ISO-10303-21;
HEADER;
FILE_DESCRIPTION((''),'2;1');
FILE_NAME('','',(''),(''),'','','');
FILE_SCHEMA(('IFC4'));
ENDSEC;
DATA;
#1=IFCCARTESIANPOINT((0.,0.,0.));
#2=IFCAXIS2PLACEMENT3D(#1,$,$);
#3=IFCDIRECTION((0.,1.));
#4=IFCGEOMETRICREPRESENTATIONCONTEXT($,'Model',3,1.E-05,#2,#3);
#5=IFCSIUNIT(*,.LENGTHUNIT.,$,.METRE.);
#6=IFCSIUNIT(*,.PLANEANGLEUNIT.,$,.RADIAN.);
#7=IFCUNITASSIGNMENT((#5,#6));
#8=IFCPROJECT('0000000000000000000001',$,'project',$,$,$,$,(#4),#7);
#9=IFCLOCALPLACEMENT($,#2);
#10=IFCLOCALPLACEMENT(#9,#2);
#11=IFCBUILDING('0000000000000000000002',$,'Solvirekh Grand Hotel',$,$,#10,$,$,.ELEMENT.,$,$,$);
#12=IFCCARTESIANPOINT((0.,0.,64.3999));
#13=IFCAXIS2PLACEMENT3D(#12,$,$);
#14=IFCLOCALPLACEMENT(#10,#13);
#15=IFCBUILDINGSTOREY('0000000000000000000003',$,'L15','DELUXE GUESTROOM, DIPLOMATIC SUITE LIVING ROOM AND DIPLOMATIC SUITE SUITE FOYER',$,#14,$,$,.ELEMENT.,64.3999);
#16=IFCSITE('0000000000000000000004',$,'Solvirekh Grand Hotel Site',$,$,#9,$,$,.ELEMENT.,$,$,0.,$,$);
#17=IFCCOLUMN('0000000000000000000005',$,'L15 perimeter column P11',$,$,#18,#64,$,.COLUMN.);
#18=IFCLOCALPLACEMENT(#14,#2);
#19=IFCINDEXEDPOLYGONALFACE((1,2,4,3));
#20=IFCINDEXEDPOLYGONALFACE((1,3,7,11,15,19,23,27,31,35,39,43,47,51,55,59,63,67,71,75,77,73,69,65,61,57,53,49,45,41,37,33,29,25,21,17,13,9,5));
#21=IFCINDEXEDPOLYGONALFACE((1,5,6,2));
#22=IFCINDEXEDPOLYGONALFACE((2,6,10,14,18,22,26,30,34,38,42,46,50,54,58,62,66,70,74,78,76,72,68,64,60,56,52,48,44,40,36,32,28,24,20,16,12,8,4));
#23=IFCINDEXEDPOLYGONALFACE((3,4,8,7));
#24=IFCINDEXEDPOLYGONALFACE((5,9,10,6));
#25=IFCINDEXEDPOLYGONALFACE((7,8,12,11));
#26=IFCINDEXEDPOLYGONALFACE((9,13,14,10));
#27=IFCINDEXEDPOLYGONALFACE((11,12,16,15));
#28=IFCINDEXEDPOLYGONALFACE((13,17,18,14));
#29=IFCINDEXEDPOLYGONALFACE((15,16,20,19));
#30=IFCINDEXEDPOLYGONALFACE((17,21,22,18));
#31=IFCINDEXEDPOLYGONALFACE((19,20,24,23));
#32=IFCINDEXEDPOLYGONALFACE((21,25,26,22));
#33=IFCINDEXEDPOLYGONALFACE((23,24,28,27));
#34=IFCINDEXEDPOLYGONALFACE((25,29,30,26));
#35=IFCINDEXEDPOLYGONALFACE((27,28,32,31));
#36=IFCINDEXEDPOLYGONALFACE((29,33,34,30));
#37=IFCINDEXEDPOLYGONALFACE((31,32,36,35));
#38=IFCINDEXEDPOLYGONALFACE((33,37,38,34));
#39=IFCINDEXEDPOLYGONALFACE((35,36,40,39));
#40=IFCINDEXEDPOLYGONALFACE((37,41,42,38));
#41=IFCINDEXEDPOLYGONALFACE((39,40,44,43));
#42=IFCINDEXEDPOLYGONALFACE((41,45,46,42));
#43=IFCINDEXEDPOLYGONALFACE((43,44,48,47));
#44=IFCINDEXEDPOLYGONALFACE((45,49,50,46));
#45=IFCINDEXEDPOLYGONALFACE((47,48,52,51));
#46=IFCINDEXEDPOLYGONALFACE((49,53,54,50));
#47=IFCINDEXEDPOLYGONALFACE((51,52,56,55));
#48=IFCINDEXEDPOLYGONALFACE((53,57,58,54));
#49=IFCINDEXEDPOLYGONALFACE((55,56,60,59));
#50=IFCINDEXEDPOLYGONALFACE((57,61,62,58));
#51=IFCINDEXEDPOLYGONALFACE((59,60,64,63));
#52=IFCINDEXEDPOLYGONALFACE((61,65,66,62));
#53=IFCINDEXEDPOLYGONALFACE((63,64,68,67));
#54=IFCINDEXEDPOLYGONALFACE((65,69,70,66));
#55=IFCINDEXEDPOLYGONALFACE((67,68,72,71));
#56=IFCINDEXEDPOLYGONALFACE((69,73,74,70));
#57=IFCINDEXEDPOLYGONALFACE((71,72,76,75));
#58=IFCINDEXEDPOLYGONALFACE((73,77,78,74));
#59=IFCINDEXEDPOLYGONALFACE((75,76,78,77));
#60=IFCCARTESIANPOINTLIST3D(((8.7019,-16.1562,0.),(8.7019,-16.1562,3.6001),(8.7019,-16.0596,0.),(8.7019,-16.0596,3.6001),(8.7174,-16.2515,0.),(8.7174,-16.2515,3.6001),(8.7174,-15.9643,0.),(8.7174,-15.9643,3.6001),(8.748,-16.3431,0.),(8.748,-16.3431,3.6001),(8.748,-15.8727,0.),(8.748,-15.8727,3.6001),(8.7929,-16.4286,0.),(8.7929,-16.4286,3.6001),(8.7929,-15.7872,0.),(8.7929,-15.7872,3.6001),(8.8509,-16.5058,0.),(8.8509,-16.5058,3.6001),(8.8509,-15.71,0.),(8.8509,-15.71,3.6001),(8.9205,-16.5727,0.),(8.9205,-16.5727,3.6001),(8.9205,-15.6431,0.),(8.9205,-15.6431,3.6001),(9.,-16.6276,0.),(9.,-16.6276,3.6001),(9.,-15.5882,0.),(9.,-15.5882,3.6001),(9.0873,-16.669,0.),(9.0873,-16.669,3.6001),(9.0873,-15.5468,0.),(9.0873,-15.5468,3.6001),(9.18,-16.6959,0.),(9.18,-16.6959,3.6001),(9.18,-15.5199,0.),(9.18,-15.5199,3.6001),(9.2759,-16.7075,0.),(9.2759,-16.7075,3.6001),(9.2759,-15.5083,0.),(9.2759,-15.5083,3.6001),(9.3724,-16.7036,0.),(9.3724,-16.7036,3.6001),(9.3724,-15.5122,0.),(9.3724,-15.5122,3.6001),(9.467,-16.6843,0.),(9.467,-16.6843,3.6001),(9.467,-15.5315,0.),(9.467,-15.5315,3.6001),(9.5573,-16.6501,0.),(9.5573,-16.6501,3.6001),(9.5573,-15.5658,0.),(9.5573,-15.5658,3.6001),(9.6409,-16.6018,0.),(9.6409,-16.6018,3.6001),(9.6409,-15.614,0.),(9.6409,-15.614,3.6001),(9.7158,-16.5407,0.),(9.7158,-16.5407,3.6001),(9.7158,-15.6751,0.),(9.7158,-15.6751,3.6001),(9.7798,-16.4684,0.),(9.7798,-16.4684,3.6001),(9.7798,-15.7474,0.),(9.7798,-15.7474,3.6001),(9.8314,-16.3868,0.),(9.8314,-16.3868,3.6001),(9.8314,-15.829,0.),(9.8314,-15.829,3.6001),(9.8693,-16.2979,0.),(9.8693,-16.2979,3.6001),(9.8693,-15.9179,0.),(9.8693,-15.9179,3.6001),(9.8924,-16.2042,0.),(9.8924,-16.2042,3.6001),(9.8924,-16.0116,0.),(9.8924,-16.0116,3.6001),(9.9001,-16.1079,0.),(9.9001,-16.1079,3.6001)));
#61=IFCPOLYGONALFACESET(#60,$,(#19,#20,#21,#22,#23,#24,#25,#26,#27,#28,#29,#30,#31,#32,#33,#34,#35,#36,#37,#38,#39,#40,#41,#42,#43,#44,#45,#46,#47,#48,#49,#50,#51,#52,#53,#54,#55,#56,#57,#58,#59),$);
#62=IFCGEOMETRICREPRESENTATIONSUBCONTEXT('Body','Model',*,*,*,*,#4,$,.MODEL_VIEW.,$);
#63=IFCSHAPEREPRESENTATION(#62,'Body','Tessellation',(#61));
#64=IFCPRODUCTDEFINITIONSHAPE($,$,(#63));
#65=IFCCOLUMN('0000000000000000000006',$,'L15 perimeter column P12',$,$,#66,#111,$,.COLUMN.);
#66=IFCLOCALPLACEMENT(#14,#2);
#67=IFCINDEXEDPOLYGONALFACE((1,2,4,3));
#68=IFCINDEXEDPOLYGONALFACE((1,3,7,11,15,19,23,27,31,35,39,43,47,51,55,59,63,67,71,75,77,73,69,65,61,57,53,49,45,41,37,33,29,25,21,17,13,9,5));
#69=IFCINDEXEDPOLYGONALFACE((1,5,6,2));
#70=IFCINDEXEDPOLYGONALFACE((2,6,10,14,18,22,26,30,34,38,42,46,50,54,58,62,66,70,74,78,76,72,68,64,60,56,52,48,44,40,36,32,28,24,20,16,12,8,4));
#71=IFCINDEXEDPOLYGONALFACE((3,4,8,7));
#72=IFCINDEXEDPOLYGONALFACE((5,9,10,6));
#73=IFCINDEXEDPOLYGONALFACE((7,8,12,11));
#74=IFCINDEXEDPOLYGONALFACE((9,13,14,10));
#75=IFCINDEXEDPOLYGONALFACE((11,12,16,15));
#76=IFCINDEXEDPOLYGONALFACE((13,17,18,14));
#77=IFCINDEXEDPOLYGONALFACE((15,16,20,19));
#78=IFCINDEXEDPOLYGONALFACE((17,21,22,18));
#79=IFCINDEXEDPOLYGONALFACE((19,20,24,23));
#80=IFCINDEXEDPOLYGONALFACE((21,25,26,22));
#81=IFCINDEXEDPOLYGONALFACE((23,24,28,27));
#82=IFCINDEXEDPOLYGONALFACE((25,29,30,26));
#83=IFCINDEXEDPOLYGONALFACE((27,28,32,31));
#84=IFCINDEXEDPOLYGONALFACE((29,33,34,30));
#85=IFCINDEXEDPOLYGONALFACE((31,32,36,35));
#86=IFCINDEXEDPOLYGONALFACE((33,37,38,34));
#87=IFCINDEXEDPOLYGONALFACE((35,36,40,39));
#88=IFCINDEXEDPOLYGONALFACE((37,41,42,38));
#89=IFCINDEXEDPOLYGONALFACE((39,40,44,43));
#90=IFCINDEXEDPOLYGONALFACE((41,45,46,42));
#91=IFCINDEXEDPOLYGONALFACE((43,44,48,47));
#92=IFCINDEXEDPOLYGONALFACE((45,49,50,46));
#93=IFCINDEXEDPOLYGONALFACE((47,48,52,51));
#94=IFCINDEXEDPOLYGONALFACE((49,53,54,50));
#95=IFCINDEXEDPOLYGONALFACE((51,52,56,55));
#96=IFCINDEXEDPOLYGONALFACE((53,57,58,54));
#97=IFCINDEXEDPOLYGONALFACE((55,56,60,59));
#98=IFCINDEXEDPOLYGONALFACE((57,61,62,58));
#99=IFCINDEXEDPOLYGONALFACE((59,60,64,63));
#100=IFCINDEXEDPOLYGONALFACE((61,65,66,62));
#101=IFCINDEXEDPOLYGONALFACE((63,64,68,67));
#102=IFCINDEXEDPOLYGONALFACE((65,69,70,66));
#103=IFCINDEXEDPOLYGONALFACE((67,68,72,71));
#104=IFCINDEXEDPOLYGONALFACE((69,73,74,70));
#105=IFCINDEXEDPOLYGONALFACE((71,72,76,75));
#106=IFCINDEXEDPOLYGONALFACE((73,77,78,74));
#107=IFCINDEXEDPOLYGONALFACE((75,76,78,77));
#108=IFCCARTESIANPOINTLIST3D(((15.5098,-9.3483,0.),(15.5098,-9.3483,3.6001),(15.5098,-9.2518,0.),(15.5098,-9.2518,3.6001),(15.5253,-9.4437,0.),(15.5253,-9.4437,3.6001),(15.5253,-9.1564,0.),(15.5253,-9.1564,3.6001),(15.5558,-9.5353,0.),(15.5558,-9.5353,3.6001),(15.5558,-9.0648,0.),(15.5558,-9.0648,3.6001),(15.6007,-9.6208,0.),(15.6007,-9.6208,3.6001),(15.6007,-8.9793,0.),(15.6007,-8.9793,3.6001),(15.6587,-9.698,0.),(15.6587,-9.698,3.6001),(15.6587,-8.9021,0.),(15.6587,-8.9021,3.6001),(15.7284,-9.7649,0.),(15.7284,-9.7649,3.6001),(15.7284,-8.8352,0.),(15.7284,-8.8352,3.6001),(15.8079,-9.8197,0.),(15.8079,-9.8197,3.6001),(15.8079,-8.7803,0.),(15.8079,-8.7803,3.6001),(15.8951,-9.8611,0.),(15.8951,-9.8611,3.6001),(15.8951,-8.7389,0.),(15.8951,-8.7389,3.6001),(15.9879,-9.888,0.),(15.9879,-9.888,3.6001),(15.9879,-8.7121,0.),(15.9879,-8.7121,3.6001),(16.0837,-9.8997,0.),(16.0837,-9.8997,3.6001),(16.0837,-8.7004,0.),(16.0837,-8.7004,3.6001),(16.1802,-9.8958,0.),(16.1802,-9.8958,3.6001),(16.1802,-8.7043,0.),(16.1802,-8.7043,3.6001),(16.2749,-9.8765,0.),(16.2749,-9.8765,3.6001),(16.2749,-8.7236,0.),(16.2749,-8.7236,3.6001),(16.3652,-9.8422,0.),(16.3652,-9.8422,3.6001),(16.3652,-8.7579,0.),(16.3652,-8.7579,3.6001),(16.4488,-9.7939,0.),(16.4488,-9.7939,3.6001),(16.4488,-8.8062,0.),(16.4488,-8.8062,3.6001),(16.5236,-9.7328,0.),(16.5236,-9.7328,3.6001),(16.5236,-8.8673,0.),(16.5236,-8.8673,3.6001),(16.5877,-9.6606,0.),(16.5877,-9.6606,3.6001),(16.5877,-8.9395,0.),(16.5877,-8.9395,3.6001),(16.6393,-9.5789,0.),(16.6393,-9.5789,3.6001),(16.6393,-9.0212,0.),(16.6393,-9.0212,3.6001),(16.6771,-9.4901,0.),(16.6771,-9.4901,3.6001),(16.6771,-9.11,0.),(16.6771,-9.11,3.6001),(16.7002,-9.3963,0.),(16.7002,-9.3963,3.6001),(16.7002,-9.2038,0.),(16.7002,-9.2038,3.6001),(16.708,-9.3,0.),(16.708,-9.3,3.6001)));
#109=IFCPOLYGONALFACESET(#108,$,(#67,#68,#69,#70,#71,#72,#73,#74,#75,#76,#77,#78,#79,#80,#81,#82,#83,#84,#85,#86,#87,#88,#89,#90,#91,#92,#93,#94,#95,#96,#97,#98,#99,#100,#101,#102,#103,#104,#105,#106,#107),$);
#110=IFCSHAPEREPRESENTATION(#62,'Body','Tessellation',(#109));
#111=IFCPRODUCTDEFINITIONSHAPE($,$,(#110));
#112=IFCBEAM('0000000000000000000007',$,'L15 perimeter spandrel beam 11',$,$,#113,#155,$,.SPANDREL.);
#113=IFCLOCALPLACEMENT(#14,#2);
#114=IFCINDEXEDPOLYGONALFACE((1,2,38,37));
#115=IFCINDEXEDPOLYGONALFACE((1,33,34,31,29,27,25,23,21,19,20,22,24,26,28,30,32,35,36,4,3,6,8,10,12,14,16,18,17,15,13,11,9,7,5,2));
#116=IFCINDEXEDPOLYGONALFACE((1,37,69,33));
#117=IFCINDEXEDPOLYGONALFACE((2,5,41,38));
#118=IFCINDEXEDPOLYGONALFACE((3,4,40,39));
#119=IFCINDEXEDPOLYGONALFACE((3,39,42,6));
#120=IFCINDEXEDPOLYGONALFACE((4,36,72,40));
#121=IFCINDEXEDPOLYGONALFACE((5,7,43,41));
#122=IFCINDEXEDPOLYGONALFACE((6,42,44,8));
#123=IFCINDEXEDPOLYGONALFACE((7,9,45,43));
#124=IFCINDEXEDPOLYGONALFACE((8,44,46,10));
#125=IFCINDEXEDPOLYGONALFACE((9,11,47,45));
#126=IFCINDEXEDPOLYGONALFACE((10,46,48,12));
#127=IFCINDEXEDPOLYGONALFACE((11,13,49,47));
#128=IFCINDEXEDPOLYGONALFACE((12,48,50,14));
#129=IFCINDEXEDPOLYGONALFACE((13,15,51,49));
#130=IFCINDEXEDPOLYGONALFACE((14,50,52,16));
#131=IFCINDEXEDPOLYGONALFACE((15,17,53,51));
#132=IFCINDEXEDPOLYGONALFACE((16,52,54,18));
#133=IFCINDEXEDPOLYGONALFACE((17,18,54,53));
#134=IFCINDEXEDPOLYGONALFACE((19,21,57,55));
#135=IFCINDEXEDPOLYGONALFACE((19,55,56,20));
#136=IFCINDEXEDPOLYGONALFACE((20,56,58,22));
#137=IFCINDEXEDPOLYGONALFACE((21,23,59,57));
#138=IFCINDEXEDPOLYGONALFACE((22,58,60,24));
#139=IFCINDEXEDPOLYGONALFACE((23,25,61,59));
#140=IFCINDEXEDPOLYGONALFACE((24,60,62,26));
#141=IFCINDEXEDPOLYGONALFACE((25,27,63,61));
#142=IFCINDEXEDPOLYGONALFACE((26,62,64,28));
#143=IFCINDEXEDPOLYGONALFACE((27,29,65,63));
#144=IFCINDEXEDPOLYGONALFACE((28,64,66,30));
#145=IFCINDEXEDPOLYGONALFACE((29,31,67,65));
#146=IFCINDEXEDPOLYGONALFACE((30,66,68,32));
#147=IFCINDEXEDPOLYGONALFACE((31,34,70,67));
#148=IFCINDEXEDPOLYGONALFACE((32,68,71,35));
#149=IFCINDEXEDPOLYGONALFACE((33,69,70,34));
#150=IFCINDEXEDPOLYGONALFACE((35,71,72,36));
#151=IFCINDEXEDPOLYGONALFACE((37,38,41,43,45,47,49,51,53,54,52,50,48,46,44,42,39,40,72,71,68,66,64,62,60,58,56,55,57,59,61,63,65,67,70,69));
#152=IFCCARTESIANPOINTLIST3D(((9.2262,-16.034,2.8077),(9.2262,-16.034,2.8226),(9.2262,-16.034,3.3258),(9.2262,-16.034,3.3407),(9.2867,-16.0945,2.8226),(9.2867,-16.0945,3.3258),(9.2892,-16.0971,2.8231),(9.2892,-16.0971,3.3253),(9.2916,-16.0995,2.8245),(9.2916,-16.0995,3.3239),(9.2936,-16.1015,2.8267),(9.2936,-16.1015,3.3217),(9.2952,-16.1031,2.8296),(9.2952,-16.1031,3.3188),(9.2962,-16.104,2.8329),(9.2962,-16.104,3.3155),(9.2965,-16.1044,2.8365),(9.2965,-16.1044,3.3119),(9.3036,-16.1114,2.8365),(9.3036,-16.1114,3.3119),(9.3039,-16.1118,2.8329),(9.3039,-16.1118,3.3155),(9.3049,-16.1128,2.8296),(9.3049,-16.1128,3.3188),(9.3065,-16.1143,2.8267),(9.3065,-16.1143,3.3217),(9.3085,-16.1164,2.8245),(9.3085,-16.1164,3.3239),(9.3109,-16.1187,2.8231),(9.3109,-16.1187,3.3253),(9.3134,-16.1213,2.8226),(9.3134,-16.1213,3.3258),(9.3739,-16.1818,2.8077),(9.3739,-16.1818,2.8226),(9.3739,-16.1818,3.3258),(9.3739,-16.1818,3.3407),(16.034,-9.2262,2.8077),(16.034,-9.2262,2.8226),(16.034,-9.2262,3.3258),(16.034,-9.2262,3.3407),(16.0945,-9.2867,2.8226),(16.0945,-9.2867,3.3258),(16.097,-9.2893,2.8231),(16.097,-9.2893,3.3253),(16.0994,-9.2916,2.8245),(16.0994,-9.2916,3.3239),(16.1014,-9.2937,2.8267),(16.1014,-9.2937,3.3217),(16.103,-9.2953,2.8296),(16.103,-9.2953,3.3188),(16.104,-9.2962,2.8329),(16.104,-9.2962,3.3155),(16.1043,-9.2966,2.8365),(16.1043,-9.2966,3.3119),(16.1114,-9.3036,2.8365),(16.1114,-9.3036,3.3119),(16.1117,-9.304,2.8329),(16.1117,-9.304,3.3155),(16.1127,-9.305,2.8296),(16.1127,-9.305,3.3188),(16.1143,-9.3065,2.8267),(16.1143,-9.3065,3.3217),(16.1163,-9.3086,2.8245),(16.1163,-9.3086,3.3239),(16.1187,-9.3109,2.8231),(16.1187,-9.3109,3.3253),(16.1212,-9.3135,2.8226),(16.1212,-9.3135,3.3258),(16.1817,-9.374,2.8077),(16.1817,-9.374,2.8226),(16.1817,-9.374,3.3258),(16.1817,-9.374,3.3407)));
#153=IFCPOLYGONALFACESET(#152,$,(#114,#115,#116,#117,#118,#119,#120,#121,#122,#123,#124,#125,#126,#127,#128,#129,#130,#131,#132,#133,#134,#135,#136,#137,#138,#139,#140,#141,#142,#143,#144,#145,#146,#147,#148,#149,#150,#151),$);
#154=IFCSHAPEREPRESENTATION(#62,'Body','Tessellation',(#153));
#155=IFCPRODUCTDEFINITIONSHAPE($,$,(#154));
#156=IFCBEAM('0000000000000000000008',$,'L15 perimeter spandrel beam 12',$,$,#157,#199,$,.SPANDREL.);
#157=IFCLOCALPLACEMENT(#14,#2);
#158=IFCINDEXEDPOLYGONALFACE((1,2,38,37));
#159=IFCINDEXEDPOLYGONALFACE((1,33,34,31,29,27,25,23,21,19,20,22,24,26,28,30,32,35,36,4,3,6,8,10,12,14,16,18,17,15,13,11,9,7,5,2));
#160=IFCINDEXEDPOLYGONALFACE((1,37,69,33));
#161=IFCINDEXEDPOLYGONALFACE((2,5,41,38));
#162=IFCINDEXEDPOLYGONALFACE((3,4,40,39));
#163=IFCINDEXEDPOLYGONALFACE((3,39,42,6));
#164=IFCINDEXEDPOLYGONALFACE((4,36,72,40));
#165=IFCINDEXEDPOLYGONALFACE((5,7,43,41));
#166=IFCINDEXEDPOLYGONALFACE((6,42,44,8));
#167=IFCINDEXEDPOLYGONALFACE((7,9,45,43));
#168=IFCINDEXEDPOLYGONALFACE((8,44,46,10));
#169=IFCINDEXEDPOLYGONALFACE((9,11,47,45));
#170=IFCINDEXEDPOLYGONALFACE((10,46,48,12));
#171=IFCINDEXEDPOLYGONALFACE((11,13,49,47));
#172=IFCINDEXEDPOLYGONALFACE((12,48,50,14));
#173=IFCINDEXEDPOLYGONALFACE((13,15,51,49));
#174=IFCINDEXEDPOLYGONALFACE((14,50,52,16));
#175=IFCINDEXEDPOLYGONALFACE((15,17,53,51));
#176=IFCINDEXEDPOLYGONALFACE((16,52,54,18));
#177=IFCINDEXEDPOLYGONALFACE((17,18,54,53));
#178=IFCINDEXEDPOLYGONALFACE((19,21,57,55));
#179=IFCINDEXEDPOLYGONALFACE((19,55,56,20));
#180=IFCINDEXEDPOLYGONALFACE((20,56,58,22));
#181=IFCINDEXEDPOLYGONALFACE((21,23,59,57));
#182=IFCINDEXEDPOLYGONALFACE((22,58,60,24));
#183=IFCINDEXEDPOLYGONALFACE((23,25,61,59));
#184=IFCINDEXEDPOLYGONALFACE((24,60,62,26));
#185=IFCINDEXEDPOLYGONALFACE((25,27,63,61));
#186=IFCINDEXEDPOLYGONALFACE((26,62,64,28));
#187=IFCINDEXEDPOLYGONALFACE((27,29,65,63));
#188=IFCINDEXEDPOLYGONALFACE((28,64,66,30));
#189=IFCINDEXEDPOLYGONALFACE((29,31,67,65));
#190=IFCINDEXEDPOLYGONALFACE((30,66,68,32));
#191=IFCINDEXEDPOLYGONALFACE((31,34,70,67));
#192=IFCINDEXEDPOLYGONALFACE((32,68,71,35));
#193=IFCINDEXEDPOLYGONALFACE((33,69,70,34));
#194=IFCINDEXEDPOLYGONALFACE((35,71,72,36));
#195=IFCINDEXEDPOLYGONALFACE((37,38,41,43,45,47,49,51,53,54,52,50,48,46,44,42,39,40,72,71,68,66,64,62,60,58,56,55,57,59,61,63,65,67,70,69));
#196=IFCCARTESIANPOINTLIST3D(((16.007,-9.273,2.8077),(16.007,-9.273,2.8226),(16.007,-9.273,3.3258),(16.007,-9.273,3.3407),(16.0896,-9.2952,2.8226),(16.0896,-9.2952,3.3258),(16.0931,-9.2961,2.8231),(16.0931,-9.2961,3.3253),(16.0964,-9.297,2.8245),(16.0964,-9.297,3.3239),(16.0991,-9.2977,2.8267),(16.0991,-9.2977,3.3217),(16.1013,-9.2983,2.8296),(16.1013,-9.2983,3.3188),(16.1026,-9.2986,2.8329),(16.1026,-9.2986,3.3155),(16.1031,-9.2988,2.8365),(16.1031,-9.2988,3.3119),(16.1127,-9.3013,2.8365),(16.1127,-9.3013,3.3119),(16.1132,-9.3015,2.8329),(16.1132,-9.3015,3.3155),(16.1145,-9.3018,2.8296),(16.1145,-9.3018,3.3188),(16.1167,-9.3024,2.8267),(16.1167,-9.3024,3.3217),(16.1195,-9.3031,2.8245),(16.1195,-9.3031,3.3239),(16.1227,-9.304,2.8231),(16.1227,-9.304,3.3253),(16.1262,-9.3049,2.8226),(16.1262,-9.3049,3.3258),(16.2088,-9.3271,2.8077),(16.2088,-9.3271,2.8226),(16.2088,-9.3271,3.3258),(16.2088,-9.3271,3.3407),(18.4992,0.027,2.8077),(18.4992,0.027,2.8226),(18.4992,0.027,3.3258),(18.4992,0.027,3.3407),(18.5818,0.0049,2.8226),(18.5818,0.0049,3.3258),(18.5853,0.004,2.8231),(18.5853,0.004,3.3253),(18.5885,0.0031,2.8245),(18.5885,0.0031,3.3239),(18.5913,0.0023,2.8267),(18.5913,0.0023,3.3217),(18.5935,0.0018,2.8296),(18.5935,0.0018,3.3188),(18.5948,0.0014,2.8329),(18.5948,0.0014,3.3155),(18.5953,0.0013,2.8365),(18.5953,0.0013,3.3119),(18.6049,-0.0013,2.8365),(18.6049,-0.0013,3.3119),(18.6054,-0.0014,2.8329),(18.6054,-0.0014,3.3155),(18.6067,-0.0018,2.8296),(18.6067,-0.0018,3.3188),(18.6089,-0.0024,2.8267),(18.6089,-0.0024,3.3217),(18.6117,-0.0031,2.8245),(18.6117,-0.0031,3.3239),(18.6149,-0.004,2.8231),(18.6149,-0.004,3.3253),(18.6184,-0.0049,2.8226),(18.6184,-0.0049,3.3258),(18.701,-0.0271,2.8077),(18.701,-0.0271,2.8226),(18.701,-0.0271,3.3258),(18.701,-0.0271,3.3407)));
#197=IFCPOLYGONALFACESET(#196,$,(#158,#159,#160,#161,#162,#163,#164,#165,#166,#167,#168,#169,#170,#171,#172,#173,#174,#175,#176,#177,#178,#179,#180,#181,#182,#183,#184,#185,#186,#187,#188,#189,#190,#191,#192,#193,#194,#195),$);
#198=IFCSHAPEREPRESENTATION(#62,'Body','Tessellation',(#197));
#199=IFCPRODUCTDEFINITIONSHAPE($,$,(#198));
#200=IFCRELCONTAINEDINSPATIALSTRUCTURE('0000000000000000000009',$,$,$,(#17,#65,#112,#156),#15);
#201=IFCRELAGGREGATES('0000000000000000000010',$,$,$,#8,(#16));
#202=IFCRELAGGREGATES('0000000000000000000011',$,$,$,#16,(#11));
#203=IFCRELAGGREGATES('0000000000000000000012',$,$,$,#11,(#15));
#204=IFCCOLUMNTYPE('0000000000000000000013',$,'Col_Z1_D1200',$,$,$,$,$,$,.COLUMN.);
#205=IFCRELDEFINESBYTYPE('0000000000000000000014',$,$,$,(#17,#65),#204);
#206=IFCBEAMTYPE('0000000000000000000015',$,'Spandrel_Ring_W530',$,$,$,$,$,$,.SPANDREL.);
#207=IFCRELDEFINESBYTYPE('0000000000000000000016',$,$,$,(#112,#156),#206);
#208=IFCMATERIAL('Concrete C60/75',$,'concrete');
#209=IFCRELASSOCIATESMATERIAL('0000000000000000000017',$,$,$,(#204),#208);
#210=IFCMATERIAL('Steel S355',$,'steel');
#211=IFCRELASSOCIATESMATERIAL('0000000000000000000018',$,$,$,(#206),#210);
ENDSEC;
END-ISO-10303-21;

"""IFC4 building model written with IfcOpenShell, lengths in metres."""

from ifc_helpers import new_model, si_unit, direction, frame, origin, origin_2d, place, context, subcontext, project, spatial, circle, i_section, extrude, material, material_profile, profile_set, type_object, element, save


model = new_model("IFC4")

# Units and contexts
model_context = context("Model", 3, precision=1e-05, world=origin(), true_north=direction((0.0, 1.0)))
body_context = subcontext(model_context, "Body", "Model", "MODEL_VIEW")
ifc_project = project(units=[si_unit("LENGTHUNIT", "METRE"), si_unit("PLANEANGLEUNIT", "RADIAN")], contexts=[model_context])

# Site, building, storey
site_placement = place(None, origin())
site = spatial("IfcSite", under=ifc_project, at=site_placement, Name="Solvirekh Grand Hotel Site", CompositionType="ELEMENT", RefElevation=0.0)
building_placement = place(site_placement, origin())
building = spatial("IfcBuilding", under=site, at=building_placement, Name="Solvirekh Grand Hotel", CompositionType="ELEMENT")
storey_placement = place(building_placement, frame((0.0, 0.0, 64.3999)))
storey = spatial("IfcBuildingStorey", under=building, at=storey_placement, Name="L15", Description="DELUXE GUESTROOM, DIPLOMATIC SUITE LIVING ROOM AND DIPLOMATIC SUITE SUITE FOYER", CompositionType="ELEMENT", Elevation=64.3999)

# Columns
ifc_material_1 = material(Name="Concrete C60/75", Category="concrete")
ifc_material_profile_1 = material_profile(ifc_material_1, circle(Radius=0.6001, at=origin_2d()), Name="RC CIRC D1200")
ifc_profile_set_1 = profile_set([ifc_material_profile_1], Name="Concrete C60/75")
column_type = type_object("IfcColumnType", Name="Col_Z1_D1200", PredefinedType="COLUMN", material=ifc_profile_set_1)
for number, where, z_axis, x_axis, name in (
    (1, (9.3, -16.1079, 0.0), (0.0, 0.0, 1.0), (1.0, 0.0, 0.0), "L15 perimeter column P11"),
    (2, (16.1079, -9.3, 0.0), (0.0, 0.0, 1.0), (1.0, 0.0, 0.0), "L15 perimeter column P12"),
):
    element("IfcColumn", number, at=place(storey_placement, frame(where, z_axis=z_axis, x_axis=x_axis)), inside=storey, type_object=column_type, Name=name, PredefinedType="COLUMN", context=body_context, shape_type="SweptSolid", body=[
        extrude(circle(Radius=0.6001, at=origin_2d()), origin(), (0.0, 0.0, 1.0), 3.6001),
    ])

# Beams
ifc_material_2 = material(Name="Steel S355", Category="steel")
ifc_material_profile_2 = material_profile(ifc_material_2, i_section(OverallWidth=0.209, OverallDepth=0.533, WebThickness=0.01, FlangeThickness=0.0149, FilletRadius=0.0139, at=origin_2d()), Name="W530X92")
ifc_profile_set_2 = profile_set([ifc_material_profile_2], Name="Steel S355")
beam_type = type_object("IfcBeamType", Name="Spandrel_Ring_W530", PredefinedType="SPANDREL", material=ifc_profile_set_2)
beam_1_placement = place(storey_placement, frame((9.3, -16.1079, 3.0742), z_axis=(0.707107, 0.707107, 0.0), x_axis=(-0.707107, 0.707107, 0.0)))
element("IfcBeam", 3, at=beam_1_placement, inside=storey, type_object=beam_type, Name="L15 perimeter spandrel beam 11", PredefinedType="SPANDREL", context=body_context, shape_type="SweptSolid", body=[
    extrude(i_section(OverallWidth=0.209, OverallDepth=0.533, WebThickness=0.01, FlangeThickness=0.0149, FilletRadius=0.0139, at=origin_2d()), origin(), (0.0, 0.0, 1.0), 9.6277),
])
beam_2_placement = place(storey_placement, frame((16.1079, -9.3, 3.0742), z_axis=(0.258843, 0.965919, 0.0), x_axis=(-0.965919, 0.258843, 0.0)))
element("IfcBeam", 4, at=beam_2_placement, inside=storey, type_object=beam_type, Name="L15 perimeter spandrel beam 12", PredefinedType="SPANDREL", context=body_context, shape_type="SweptSolid", body=[
    extrude(i_section(OverallWidth=0.209, OverallDepth=0.533, WebThickness=0.01, FlangeThickness=0.0149, FilletRadius=0.0139, at=origin_2d()), origin(), (0.0, 0.0, 1.0), 9.6282),
])

save(model, "model.ifc")
